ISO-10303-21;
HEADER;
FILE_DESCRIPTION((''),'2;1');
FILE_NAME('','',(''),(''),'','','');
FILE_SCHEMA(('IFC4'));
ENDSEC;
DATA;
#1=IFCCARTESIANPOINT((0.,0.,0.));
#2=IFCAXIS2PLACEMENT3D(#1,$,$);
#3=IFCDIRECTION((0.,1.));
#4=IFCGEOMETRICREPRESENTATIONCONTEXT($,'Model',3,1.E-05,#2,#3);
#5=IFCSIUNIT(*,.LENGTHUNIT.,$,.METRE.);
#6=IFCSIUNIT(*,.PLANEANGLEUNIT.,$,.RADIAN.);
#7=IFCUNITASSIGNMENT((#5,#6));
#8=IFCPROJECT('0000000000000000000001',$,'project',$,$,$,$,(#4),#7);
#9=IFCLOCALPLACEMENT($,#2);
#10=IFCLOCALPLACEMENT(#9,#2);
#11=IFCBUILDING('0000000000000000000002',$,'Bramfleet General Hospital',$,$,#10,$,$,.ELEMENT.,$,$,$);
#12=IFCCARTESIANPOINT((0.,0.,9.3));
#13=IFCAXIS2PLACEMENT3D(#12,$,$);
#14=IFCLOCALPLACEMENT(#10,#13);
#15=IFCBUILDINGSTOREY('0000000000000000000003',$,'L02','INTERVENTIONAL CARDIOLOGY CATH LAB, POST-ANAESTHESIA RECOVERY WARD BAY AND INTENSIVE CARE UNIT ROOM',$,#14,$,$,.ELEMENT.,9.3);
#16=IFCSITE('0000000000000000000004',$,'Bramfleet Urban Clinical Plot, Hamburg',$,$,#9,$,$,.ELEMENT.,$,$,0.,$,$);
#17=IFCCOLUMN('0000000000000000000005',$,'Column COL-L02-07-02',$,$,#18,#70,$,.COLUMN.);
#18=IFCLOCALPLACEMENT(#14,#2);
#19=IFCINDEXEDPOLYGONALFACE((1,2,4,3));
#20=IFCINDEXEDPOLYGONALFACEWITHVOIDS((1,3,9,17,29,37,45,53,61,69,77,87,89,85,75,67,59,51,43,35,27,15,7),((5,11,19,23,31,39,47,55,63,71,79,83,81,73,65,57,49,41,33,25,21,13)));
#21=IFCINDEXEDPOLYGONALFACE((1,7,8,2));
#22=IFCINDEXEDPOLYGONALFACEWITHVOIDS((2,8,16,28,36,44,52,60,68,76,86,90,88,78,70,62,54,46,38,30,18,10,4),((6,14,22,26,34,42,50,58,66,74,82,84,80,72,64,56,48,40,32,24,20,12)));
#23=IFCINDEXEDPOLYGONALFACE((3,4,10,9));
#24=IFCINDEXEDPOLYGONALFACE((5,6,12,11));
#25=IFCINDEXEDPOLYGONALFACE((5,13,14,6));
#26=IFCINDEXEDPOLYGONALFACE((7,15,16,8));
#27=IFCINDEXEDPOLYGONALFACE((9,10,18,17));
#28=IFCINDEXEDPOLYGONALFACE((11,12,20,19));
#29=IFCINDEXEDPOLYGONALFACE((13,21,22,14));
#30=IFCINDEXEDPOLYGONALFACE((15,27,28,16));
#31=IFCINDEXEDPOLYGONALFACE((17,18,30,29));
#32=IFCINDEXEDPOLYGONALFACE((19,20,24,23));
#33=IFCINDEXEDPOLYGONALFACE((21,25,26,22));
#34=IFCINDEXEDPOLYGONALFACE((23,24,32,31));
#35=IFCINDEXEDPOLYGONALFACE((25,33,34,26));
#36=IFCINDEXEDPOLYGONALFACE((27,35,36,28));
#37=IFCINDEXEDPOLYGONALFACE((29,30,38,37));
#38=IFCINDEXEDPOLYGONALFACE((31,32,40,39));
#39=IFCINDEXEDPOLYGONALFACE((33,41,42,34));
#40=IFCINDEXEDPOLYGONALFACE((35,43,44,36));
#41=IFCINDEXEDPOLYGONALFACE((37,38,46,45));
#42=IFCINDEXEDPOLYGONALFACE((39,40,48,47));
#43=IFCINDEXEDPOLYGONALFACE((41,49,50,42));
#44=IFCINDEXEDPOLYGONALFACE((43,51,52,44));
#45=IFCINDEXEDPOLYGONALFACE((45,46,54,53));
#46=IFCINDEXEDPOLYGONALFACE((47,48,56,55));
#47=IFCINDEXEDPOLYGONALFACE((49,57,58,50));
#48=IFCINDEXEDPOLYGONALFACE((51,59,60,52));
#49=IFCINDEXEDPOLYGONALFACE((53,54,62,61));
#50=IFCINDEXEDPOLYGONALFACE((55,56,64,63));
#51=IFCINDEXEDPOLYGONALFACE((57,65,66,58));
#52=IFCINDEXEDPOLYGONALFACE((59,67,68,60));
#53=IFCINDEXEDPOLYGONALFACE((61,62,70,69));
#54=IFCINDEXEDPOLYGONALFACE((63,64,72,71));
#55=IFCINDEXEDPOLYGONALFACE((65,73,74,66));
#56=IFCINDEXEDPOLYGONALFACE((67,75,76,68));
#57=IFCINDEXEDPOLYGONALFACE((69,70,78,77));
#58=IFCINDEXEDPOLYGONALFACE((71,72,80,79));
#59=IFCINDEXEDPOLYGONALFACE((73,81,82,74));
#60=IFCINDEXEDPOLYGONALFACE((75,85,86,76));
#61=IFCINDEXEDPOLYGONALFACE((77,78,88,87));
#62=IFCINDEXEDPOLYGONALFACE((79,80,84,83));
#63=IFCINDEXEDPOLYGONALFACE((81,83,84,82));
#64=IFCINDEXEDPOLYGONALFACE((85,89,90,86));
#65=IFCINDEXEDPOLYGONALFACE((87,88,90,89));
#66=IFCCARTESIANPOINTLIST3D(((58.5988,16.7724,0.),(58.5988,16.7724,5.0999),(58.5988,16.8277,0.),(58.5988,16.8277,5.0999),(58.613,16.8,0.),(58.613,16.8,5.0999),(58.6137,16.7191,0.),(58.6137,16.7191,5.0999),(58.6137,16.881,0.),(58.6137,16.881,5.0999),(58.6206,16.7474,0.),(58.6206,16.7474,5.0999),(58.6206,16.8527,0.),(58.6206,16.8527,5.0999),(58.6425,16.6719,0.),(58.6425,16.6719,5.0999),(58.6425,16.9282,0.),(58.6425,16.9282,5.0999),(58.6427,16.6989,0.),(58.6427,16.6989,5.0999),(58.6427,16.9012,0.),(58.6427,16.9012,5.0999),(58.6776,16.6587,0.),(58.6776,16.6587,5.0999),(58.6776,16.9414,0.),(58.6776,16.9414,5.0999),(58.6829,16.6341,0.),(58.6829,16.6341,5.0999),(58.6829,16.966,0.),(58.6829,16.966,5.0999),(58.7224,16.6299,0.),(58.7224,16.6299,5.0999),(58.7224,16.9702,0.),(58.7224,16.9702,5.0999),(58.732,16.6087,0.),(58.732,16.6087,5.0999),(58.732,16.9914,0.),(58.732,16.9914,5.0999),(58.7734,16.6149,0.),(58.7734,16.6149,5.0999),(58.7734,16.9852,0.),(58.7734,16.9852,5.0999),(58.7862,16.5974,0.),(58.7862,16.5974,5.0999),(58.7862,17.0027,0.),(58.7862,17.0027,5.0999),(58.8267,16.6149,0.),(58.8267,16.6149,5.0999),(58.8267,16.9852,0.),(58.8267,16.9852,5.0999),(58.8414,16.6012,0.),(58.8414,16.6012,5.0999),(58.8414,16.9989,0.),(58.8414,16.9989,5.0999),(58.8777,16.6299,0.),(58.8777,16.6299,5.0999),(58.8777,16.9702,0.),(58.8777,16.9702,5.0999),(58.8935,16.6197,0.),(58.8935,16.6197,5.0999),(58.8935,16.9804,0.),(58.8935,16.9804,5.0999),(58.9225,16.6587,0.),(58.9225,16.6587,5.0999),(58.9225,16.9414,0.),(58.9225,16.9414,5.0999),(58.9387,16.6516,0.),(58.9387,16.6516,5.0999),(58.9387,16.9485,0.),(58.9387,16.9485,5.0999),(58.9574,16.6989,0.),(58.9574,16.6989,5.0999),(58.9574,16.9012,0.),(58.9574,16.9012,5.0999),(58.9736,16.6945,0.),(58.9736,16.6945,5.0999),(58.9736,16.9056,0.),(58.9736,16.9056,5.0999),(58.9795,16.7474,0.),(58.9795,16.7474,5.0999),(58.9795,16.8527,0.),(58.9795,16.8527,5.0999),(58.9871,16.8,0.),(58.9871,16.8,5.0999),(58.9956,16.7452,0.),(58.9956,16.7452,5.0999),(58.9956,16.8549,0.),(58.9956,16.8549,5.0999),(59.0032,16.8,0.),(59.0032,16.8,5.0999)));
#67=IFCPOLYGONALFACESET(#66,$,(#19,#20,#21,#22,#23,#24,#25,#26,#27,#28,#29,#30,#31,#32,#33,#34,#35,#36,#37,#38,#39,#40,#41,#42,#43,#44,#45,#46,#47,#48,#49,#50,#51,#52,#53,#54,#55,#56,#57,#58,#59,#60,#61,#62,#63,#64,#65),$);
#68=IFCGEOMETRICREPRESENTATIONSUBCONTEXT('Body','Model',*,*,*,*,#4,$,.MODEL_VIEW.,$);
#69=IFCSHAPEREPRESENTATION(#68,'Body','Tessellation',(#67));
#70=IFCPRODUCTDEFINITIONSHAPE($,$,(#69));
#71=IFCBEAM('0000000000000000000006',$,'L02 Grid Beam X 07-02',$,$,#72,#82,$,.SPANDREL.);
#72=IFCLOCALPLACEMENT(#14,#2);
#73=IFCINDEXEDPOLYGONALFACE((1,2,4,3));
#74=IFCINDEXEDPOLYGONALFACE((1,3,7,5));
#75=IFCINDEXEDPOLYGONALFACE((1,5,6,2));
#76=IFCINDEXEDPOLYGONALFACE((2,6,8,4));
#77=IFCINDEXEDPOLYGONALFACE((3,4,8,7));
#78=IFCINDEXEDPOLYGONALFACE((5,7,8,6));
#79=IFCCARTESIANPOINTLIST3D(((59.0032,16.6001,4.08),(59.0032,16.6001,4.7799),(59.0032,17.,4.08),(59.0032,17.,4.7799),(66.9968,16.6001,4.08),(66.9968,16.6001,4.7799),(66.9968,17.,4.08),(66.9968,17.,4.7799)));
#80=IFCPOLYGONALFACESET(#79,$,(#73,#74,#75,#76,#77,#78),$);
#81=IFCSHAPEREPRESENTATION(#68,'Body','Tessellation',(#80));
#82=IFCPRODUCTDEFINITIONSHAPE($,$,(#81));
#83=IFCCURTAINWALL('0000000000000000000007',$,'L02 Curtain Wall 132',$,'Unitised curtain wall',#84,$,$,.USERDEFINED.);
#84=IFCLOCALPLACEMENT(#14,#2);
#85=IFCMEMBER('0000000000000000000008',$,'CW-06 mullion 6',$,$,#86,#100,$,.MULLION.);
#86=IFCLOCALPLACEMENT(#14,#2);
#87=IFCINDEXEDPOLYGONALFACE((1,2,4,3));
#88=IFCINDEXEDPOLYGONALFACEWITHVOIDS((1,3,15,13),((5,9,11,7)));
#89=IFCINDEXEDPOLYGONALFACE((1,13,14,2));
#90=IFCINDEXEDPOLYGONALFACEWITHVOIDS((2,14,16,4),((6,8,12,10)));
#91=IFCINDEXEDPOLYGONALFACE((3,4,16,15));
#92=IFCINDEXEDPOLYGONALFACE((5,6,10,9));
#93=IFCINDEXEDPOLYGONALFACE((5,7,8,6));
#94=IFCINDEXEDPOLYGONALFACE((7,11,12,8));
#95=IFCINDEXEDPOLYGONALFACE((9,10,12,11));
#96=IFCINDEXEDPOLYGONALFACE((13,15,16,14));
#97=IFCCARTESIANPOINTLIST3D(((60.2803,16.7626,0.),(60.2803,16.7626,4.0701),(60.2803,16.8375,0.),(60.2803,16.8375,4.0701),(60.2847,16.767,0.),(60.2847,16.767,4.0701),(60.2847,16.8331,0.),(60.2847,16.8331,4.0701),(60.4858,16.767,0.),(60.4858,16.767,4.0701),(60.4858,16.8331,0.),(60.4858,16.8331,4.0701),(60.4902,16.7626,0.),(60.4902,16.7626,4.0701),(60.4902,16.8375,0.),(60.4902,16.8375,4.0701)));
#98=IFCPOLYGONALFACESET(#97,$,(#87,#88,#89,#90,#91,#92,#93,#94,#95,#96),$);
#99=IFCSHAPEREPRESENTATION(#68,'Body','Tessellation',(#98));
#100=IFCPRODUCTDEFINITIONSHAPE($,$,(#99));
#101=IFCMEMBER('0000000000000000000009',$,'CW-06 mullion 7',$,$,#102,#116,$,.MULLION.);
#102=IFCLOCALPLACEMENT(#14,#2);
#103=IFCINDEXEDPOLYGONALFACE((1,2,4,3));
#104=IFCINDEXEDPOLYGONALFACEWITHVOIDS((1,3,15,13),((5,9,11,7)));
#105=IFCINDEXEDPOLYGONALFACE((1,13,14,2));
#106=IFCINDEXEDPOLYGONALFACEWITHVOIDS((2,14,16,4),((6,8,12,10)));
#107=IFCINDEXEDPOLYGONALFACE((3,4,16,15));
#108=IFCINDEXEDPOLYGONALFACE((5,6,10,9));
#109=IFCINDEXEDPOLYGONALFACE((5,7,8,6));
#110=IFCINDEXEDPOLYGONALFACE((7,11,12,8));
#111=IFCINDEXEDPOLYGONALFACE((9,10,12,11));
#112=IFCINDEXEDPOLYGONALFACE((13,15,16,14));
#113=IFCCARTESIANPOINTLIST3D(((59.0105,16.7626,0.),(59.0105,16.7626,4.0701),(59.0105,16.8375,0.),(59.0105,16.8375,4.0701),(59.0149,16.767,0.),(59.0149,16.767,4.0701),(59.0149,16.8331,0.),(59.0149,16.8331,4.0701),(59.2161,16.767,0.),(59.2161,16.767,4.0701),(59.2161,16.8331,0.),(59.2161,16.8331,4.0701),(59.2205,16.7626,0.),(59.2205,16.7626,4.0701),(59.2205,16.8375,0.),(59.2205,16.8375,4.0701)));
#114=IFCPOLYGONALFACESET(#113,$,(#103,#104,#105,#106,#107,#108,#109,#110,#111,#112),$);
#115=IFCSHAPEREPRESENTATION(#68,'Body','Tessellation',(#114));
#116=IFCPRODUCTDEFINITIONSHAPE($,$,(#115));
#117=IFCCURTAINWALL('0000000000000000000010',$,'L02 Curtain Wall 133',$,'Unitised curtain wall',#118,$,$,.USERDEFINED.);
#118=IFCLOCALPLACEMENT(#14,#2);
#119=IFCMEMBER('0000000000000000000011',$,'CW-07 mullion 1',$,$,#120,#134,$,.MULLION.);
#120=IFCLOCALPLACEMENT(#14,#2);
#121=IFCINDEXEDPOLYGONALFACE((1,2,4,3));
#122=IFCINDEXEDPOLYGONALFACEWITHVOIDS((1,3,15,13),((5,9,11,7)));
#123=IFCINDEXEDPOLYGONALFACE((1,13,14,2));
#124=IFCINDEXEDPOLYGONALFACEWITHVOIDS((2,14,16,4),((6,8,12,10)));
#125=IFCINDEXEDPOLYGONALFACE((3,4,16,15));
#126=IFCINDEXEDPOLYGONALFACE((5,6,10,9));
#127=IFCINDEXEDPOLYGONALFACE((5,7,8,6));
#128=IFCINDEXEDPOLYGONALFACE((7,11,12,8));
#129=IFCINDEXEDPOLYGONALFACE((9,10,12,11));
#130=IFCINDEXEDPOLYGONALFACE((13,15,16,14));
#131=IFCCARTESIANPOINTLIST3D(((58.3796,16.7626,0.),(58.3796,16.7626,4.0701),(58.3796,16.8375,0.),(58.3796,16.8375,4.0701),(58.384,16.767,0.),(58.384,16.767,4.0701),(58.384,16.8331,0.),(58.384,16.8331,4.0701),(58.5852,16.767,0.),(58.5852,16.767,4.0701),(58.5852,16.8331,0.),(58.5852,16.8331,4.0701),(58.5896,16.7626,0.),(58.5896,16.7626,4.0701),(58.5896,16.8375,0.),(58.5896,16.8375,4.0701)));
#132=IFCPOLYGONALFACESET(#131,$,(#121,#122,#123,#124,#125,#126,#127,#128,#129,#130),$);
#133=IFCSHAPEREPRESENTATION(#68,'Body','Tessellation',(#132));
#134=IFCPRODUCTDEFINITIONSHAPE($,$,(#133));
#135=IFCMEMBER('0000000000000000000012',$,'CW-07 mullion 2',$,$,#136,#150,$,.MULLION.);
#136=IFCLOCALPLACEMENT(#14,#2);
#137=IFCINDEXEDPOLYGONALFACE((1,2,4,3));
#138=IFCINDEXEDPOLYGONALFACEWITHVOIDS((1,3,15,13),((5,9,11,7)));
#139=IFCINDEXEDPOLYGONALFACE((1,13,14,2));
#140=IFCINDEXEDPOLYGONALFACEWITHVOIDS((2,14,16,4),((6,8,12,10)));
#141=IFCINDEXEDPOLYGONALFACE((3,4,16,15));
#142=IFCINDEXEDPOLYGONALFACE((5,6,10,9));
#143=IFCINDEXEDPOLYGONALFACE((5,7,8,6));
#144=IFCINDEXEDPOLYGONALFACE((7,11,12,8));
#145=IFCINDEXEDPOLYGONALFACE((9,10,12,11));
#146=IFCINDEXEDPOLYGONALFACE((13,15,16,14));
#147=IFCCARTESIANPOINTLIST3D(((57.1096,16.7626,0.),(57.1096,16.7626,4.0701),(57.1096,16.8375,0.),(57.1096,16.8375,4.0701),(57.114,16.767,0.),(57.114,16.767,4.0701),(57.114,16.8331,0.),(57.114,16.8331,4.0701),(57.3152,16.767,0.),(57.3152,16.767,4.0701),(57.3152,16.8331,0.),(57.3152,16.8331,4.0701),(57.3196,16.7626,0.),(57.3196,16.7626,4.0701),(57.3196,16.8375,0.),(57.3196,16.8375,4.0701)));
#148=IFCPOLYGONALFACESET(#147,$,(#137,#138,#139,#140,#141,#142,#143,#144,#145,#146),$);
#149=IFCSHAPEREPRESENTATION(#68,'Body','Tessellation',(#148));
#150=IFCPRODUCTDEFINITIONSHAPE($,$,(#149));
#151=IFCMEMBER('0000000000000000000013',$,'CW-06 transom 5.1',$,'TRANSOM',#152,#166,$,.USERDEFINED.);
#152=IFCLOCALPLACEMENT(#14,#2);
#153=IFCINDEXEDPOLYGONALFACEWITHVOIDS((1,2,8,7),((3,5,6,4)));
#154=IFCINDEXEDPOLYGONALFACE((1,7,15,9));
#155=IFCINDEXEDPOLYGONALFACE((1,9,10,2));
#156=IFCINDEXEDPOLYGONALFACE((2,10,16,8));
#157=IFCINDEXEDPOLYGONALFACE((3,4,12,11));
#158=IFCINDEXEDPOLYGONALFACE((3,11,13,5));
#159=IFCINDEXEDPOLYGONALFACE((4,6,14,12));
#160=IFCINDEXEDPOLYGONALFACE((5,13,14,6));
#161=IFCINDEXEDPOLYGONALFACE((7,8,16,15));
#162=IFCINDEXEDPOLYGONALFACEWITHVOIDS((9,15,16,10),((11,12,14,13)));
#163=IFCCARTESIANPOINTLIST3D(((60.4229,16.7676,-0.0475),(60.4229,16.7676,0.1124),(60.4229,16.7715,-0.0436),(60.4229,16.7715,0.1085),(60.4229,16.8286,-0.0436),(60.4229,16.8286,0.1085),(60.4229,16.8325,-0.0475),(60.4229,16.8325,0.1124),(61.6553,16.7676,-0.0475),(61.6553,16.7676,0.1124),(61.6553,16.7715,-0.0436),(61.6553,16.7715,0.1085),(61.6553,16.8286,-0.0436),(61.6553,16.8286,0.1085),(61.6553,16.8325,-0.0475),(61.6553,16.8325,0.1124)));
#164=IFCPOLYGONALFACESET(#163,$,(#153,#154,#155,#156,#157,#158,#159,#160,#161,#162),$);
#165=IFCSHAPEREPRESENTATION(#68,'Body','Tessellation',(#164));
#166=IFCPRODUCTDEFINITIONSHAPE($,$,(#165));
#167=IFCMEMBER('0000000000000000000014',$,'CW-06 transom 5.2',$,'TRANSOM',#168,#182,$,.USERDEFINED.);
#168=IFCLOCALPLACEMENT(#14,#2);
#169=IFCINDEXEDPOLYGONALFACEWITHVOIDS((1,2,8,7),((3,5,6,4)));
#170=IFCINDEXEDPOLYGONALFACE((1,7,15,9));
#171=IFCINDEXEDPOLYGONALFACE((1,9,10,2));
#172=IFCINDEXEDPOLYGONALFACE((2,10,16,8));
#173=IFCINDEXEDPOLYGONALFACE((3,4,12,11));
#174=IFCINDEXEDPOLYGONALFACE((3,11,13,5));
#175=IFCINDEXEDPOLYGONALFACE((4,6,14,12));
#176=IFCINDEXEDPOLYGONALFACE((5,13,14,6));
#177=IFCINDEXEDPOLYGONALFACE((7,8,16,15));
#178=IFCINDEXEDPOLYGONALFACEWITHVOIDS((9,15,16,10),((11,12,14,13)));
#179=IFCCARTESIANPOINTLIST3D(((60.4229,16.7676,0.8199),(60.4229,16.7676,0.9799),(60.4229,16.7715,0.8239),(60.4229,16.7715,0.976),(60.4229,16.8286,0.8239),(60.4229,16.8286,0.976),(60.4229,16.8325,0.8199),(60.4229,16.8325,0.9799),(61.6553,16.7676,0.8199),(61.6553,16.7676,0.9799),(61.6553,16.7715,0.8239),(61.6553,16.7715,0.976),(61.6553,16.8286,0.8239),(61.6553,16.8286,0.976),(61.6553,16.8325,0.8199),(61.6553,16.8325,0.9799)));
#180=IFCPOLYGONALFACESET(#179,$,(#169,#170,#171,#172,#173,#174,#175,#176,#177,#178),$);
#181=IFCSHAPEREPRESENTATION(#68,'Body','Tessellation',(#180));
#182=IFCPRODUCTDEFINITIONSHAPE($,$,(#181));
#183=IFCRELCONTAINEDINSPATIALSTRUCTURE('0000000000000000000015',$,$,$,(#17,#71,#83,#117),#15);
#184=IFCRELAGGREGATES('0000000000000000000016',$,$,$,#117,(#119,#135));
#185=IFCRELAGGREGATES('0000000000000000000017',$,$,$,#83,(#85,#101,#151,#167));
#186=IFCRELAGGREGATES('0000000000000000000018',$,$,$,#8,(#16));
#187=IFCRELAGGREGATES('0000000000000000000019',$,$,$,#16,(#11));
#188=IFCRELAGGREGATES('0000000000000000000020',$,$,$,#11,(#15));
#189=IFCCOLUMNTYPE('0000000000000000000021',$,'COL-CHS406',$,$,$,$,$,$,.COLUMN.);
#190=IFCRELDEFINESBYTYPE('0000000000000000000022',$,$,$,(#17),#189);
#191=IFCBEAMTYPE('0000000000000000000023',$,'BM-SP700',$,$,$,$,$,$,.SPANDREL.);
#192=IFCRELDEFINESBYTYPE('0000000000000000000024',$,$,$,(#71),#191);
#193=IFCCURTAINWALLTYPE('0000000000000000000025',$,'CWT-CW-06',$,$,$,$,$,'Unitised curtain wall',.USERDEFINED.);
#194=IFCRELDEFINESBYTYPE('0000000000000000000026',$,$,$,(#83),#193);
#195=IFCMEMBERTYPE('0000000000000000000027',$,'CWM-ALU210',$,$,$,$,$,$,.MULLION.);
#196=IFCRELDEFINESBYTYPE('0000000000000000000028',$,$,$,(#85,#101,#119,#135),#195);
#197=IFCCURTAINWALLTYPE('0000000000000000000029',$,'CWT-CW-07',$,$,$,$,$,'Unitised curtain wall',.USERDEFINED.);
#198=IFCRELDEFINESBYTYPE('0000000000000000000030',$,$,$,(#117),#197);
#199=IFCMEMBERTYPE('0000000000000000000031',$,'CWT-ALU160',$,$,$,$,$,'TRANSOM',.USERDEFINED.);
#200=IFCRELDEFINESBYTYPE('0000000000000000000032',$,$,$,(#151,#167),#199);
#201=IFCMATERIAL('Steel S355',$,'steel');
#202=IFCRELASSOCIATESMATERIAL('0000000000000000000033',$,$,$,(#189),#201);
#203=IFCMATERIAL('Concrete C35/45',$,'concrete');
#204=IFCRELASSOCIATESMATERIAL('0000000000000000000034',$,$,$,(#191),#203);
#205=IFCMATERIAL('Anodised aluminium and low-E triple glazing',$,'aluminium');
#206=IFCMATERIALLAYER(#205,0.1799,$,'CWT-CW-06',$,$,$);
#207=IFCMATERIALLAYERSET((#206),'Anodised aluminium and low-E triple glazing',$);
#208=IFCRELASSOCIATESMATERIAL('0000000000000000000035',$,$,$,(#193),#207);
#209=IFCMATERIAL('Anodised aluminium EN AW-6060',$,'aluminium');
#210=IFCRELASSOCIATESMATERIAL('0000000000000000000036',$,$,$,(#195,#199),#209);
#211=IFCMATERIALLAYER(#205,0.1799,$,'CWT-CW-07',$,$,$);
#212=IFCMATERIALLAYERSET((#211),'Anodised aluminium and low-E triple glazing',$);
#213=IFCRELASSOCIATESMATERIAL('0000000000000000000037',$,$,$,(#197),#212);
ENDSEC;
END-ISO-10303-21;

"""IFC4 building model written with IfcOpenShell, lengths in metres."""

from ifc_helpers import new_model, si_unit, direction, frame, origin, origin_2d, place, context, subcontext, project, spatial, rectangle, hollow_rectangle, hollow_circle, extrude, material, layer, layer_set, material_profile, profile_set, type_object, element, aggregate, save


model = new_model("IFC4")

# Units and contexts
model_context = context("Model", 3, precision=1e-05, world=origin(), true_north=direction((0.0, 1.0)))
body_context = subcontext(model_context, "Body", "Model", "MODEL_VIEW")
ifc_project = project(units=[si_unit("LENGTHUNIT", "METRE"), si_unit("PLANEANGLEUNIT", "RADIAN")], contexts=[model_context])

# Site, building, storey
site_placement = place(None, origin())
site = spatial("IfcSite", under=ifc_project, at=site_placement, Name="Bramfleet Urban Clinical Plot, Hamburg", CompositionType="ELEMENT", RefElevation=0.0)
building_placement = place(site_placement, origin())
building = spatial("IfcBuilding", under=site, at=building_placement, Name="Bramfleet General Hospital", CompositionType="ELEMENT")
storey_placement = place(building_placement, frame((0.0, 0.0, 9.3)))
storey = spatial("IfcBuildingStorey", under=building, at=storey_placement, Name="L02", Description="INTERVENTIONAL CARDIOLOGY CATH LAB, POST-ANAESTHESIA RECOVERY WARD BAY AND INTENSIVE CARE UNIT ROOM", CompositionType="ELEMENT", Elevation=9.3)

# Column
ifc_material_1 = material(Name="Steel S355", Category="steel")
ifc_material_profile_1 = material_profile(ifc_material_1, hollow_circle(Radius=0.2031, WallThickness=0.0161, at=origin_2d()), Name="CHS 406.4x16.0")
ifc_profile_set_1 = profile_set([ifc_material_profile_1], Name="Steel S355")
column_type = type_object("IfcColumnType", Name="COL-CHS406", PredefinedType="COLUMN", material=ifc_profile_set_1)
column_placement = place(storey_placement, frame((58.8, 16.8, 0.0), z_axis=(0.0, 0.0, 1.0), x_axis=(1.0, 0.0, 0.0)))
element("IfcColumn", 1, at=column_placement, inside=storey, type_object=column_type, Name="Column COL-L02-07-02", PredefinedType="COLUMN", context=body_context, shape_type="SweptSolid", body=[
    extrude(hollow_circle(Radius=0.2031, WallThickness=0.0161, at=origin_2d()), origin(), (0.0, 0.0, 1.0), 5.0999),
])

# Beam
ifc_material_2 = material(Name="Concrete C35/45", Category="concrete")
ifc_material_profile_2 = material_profile(ifc_material_2, rectangle(XDim=0.3999, YDim=0.7, at=origin_2d()), Name="RC SP 700x400")
ifc_profile_set_2 = profile_set([ifc_material_profile_2], Name="Concrete C35/45")
beam_type = type_object("IfcBeamType", Name="BM-SP700", PredefinedType="SPANDREL", material=ifc_profile_set_2)
beam_placement = place(storey_placement, frame((59.0032, 16.8, 4.4299), z_axis=(1.0, 0.0, 0.0), x_axis=(0.0, 1.0, 0.0)))
element("IfcBeam", 2, at=beam_placement, inside=storey, type_object=beam_type, Name="L02 Grid Beam X 07-02", PredefinedType="SPANDREL", context=body_context, shape_type="SweptSolid", body=[
    extrude(rectangle(XDim=0.3999, YDim=0.7, at=origin_2d()), origin(), (0.0, 0.0, 1.0), 7.9937),
])

# Curtain walls, members
ifc_material_3 = material(Name="Anodised aluminium and low-E triple glazing", Category="aluminium")
ifc_layer_1 = layer(ifc_material_3, 0.1799, Name="CWT-CW-06")
ifc_layer_set_1 = layer_set([ifc_layer_1], Name="Anodised aluminium and low-E triple glazing")
curtain_wall_type_1 = type_object("IfcCurtainWallType", Name="CWT-CW-06", ElementType="Unitised curtain wall", PredefinedType="USERDEFINED", material=ifc_layer_set_1)
curtain_wall_1_placement = place(storey_placement, origin())
curtain_wall_1 = element("IfcCurtainWall", 3, at=curtain_wall_1_placement, inside=storey, type_object=curtain_wall_type_1, Name="L02 Curtain Wall 132", ObjectType="Unitised curtain wall", PredefinedType="USERDEFINED")
ifc_material_4 = material(Name="Anodised aluminium EN AW-6060", Category="aluminium")
ifc_material_profile_3 = material_profile(ifc_material_4, hollow_rectangle(XDim=0.075, YDim=0.21, WallThickness=0.0044, at=origin_2d()), Name="ALU 210x75x4.5")
ifc_profile_set_3 = profile_set([ifc_material_profile_3], Name="Anodised aluminium EN AW-6060")
member_type_1 = type_object("IfcMemberType", Name="CWM-ALU210", PredefinedType="MULLION", material=ifc_profile_set_3)
member_1_placement = place(storey_placement, frame((60.3853, 16.8, 0.0), z_axis=(0.0, 0.0, 1.0), x_axis=(0.0, -1.0, 0.0)))
member_1 = element("IfcMember", 4, at=member_1_placement, type_object=member_type_1, Name="CW-06 mullion 6", PredefinedType="MULLION", context=body_context, shape_type="SweptSolid", body=[
    extrude(hollow_rectangle(XDim=0.075, YDim=0.21, WallThickness=0.0044, at=origin_2d()), origin(), (0.0, 0.0, 1.0), 4.0701),
])
member_2_placement = place(storey_placement, frame((59.1155, 16.8, 0.0), z_axis=(0.0, 0.0, 1.0), x_axis=(0.0, -1.0, 0.0)))
member_2 = element("IfcMember", 5, at=member_2_placement, type_object=member_type_1, Name="CW-06 mullion 7", PredefinedType="MULLION", context=body_context, shape_type="SweptSolid", body=[
    extrude(hollow_rectangle(XDim=0.075, YDim=0.21, WallThickness=0.0044, at=origin_2d()), origin(), (0.0, 0.0, 1.0), 4.0701),
])
ifc_layer_2 = layer(ifc_material_3, 0.1799, Name="CWT-CW-07")
ifc_layer_set_2 = layer_set([ifc_layer_2], Name="Anodised aluminium and low-E triple glazing")
curtain_wall_type_2 = type_object("IfcCurtainWallType", Name="CWT-CW-07", ElementType="Unitised curtain wall", PredefinedType="USERDEFINED", material=ifc_layer_set_2)
curtain_wall_2_placement = place(storey_placement, origin())
curtain_wall_2 = element("IfcCurtainWall", 6, at=curtain_wall_2_placement, inside=storey, type_object=curtain_wall_type_2, Name="L02 Curtain Wall 133", ObjectType="Unitised curtain wall", PredefinedType="USERDEFINED")
member_3_placement = place(storey_placement, frame((58.4846, 16.8, 0.0), z_axis=(0.0, 0.0, 1.0), x_axis=(0.0, -1.0, 0.0)))
member_3 = element("IfcMember", 7, at=member_3_placement, type_object=member_type_1, Name="CW-07 mullion 1", PredefinedType="MULLION", context=body_context, shape_type="SweptSolid", body=[
    extrude(hollow_rectangle(XDim=0.075, YDim=0.21, WallThickness=0.0044, at=origin_2d()), origin(), (0.0, 0.0, 1.0), 4.0701),
])
member_4_placement = place(storey_placement, frame((57.2146, 16.8, 0.0), z_axis=(0.0, 0.0, 1.0), x_axis=(0.0, -1.0, 0.0)))
member_4 = element("IfcMember", 8, at=member_4_placement, type_object=member_type_1, Name="CW-07 mullion 2", PredefinedType="MULLION", context=body_context, shape_type="SweptSolid", body=[
    extrude(hollow_rectangle(XDim=0.075, YDim=0.21, WallThickness=0.0044, at=origin_2d()), origin(), (0.0, 0.0, 1.0), 4.0701),
])

# Members
ifc_material_profile_4 = material_profile(ifc_material_4, hollow_rectangle(XDim=0.0649, YDim=0.1599, WallThickness=0.0039, at=origin_2d()), Name="ALU 160x65x4.0")
ifc_profile_set_4 = profile_set([ifc_material_profile_4], Name="Anodised aluminium EN AW-6060")
member_type_2 = type_object("IfcMemberType", Name="CWT-ALU160", ElementType="TRANSOM", PredefinedType="USERDEFINED", material=ifc_profile_set_4)
member_5_placement = place(storey_placement, frame((61.6553, 16.8, 0.0325), z_axis=(-1.0, 0.0, 0.0), x_axis=(0.0, -1.0, 0.0)))
member_5 = element("IfcMember", 9, at=member_5_placement, type_object=member_type_2, Name="CW-06 transom 5.1", ObjectType="TRANSOM", PredefinedType="USERDEFINED", context=body_context, shape_type="SweptSolid", body=[
    extrude(hollow_rectangle(XDim=0.0649, YDim=0.1599, WallThickness=0.0039, at=origin_2d()), origin(), (0.0, 0.0, 1.0), 1.2324),
])
member_6_placement = place(storey_placement, frame((61.6553, 16.8, 0.8999), z_axis=(-1.0, 0.0, 0.0), x_axis=(0.0, -1.0, 0.0)))
member_6 = element("IfcMember", 10, at=member_6_placement, type_object=member_type_2, Name="CW-06 transom 5.2", ObjectType="TRANSOM", PredefinedType="USERDEFINED", context=body_context, shape_type="SweptSolid", body=[
    extrude(hollow_rectangle(XDim=0.0649, YDim=0.1599, WallThickness=0.0039, at=origin_2d()), origin(), (0.0, 0.0, 1.0), 1.2324),
])

aggregate(curtain_wall_2, [member_3, member_4])
aggregate(curtain_wall_1, [member_1, member_2, member_5, member_6])

save(model, "model.ifc")
